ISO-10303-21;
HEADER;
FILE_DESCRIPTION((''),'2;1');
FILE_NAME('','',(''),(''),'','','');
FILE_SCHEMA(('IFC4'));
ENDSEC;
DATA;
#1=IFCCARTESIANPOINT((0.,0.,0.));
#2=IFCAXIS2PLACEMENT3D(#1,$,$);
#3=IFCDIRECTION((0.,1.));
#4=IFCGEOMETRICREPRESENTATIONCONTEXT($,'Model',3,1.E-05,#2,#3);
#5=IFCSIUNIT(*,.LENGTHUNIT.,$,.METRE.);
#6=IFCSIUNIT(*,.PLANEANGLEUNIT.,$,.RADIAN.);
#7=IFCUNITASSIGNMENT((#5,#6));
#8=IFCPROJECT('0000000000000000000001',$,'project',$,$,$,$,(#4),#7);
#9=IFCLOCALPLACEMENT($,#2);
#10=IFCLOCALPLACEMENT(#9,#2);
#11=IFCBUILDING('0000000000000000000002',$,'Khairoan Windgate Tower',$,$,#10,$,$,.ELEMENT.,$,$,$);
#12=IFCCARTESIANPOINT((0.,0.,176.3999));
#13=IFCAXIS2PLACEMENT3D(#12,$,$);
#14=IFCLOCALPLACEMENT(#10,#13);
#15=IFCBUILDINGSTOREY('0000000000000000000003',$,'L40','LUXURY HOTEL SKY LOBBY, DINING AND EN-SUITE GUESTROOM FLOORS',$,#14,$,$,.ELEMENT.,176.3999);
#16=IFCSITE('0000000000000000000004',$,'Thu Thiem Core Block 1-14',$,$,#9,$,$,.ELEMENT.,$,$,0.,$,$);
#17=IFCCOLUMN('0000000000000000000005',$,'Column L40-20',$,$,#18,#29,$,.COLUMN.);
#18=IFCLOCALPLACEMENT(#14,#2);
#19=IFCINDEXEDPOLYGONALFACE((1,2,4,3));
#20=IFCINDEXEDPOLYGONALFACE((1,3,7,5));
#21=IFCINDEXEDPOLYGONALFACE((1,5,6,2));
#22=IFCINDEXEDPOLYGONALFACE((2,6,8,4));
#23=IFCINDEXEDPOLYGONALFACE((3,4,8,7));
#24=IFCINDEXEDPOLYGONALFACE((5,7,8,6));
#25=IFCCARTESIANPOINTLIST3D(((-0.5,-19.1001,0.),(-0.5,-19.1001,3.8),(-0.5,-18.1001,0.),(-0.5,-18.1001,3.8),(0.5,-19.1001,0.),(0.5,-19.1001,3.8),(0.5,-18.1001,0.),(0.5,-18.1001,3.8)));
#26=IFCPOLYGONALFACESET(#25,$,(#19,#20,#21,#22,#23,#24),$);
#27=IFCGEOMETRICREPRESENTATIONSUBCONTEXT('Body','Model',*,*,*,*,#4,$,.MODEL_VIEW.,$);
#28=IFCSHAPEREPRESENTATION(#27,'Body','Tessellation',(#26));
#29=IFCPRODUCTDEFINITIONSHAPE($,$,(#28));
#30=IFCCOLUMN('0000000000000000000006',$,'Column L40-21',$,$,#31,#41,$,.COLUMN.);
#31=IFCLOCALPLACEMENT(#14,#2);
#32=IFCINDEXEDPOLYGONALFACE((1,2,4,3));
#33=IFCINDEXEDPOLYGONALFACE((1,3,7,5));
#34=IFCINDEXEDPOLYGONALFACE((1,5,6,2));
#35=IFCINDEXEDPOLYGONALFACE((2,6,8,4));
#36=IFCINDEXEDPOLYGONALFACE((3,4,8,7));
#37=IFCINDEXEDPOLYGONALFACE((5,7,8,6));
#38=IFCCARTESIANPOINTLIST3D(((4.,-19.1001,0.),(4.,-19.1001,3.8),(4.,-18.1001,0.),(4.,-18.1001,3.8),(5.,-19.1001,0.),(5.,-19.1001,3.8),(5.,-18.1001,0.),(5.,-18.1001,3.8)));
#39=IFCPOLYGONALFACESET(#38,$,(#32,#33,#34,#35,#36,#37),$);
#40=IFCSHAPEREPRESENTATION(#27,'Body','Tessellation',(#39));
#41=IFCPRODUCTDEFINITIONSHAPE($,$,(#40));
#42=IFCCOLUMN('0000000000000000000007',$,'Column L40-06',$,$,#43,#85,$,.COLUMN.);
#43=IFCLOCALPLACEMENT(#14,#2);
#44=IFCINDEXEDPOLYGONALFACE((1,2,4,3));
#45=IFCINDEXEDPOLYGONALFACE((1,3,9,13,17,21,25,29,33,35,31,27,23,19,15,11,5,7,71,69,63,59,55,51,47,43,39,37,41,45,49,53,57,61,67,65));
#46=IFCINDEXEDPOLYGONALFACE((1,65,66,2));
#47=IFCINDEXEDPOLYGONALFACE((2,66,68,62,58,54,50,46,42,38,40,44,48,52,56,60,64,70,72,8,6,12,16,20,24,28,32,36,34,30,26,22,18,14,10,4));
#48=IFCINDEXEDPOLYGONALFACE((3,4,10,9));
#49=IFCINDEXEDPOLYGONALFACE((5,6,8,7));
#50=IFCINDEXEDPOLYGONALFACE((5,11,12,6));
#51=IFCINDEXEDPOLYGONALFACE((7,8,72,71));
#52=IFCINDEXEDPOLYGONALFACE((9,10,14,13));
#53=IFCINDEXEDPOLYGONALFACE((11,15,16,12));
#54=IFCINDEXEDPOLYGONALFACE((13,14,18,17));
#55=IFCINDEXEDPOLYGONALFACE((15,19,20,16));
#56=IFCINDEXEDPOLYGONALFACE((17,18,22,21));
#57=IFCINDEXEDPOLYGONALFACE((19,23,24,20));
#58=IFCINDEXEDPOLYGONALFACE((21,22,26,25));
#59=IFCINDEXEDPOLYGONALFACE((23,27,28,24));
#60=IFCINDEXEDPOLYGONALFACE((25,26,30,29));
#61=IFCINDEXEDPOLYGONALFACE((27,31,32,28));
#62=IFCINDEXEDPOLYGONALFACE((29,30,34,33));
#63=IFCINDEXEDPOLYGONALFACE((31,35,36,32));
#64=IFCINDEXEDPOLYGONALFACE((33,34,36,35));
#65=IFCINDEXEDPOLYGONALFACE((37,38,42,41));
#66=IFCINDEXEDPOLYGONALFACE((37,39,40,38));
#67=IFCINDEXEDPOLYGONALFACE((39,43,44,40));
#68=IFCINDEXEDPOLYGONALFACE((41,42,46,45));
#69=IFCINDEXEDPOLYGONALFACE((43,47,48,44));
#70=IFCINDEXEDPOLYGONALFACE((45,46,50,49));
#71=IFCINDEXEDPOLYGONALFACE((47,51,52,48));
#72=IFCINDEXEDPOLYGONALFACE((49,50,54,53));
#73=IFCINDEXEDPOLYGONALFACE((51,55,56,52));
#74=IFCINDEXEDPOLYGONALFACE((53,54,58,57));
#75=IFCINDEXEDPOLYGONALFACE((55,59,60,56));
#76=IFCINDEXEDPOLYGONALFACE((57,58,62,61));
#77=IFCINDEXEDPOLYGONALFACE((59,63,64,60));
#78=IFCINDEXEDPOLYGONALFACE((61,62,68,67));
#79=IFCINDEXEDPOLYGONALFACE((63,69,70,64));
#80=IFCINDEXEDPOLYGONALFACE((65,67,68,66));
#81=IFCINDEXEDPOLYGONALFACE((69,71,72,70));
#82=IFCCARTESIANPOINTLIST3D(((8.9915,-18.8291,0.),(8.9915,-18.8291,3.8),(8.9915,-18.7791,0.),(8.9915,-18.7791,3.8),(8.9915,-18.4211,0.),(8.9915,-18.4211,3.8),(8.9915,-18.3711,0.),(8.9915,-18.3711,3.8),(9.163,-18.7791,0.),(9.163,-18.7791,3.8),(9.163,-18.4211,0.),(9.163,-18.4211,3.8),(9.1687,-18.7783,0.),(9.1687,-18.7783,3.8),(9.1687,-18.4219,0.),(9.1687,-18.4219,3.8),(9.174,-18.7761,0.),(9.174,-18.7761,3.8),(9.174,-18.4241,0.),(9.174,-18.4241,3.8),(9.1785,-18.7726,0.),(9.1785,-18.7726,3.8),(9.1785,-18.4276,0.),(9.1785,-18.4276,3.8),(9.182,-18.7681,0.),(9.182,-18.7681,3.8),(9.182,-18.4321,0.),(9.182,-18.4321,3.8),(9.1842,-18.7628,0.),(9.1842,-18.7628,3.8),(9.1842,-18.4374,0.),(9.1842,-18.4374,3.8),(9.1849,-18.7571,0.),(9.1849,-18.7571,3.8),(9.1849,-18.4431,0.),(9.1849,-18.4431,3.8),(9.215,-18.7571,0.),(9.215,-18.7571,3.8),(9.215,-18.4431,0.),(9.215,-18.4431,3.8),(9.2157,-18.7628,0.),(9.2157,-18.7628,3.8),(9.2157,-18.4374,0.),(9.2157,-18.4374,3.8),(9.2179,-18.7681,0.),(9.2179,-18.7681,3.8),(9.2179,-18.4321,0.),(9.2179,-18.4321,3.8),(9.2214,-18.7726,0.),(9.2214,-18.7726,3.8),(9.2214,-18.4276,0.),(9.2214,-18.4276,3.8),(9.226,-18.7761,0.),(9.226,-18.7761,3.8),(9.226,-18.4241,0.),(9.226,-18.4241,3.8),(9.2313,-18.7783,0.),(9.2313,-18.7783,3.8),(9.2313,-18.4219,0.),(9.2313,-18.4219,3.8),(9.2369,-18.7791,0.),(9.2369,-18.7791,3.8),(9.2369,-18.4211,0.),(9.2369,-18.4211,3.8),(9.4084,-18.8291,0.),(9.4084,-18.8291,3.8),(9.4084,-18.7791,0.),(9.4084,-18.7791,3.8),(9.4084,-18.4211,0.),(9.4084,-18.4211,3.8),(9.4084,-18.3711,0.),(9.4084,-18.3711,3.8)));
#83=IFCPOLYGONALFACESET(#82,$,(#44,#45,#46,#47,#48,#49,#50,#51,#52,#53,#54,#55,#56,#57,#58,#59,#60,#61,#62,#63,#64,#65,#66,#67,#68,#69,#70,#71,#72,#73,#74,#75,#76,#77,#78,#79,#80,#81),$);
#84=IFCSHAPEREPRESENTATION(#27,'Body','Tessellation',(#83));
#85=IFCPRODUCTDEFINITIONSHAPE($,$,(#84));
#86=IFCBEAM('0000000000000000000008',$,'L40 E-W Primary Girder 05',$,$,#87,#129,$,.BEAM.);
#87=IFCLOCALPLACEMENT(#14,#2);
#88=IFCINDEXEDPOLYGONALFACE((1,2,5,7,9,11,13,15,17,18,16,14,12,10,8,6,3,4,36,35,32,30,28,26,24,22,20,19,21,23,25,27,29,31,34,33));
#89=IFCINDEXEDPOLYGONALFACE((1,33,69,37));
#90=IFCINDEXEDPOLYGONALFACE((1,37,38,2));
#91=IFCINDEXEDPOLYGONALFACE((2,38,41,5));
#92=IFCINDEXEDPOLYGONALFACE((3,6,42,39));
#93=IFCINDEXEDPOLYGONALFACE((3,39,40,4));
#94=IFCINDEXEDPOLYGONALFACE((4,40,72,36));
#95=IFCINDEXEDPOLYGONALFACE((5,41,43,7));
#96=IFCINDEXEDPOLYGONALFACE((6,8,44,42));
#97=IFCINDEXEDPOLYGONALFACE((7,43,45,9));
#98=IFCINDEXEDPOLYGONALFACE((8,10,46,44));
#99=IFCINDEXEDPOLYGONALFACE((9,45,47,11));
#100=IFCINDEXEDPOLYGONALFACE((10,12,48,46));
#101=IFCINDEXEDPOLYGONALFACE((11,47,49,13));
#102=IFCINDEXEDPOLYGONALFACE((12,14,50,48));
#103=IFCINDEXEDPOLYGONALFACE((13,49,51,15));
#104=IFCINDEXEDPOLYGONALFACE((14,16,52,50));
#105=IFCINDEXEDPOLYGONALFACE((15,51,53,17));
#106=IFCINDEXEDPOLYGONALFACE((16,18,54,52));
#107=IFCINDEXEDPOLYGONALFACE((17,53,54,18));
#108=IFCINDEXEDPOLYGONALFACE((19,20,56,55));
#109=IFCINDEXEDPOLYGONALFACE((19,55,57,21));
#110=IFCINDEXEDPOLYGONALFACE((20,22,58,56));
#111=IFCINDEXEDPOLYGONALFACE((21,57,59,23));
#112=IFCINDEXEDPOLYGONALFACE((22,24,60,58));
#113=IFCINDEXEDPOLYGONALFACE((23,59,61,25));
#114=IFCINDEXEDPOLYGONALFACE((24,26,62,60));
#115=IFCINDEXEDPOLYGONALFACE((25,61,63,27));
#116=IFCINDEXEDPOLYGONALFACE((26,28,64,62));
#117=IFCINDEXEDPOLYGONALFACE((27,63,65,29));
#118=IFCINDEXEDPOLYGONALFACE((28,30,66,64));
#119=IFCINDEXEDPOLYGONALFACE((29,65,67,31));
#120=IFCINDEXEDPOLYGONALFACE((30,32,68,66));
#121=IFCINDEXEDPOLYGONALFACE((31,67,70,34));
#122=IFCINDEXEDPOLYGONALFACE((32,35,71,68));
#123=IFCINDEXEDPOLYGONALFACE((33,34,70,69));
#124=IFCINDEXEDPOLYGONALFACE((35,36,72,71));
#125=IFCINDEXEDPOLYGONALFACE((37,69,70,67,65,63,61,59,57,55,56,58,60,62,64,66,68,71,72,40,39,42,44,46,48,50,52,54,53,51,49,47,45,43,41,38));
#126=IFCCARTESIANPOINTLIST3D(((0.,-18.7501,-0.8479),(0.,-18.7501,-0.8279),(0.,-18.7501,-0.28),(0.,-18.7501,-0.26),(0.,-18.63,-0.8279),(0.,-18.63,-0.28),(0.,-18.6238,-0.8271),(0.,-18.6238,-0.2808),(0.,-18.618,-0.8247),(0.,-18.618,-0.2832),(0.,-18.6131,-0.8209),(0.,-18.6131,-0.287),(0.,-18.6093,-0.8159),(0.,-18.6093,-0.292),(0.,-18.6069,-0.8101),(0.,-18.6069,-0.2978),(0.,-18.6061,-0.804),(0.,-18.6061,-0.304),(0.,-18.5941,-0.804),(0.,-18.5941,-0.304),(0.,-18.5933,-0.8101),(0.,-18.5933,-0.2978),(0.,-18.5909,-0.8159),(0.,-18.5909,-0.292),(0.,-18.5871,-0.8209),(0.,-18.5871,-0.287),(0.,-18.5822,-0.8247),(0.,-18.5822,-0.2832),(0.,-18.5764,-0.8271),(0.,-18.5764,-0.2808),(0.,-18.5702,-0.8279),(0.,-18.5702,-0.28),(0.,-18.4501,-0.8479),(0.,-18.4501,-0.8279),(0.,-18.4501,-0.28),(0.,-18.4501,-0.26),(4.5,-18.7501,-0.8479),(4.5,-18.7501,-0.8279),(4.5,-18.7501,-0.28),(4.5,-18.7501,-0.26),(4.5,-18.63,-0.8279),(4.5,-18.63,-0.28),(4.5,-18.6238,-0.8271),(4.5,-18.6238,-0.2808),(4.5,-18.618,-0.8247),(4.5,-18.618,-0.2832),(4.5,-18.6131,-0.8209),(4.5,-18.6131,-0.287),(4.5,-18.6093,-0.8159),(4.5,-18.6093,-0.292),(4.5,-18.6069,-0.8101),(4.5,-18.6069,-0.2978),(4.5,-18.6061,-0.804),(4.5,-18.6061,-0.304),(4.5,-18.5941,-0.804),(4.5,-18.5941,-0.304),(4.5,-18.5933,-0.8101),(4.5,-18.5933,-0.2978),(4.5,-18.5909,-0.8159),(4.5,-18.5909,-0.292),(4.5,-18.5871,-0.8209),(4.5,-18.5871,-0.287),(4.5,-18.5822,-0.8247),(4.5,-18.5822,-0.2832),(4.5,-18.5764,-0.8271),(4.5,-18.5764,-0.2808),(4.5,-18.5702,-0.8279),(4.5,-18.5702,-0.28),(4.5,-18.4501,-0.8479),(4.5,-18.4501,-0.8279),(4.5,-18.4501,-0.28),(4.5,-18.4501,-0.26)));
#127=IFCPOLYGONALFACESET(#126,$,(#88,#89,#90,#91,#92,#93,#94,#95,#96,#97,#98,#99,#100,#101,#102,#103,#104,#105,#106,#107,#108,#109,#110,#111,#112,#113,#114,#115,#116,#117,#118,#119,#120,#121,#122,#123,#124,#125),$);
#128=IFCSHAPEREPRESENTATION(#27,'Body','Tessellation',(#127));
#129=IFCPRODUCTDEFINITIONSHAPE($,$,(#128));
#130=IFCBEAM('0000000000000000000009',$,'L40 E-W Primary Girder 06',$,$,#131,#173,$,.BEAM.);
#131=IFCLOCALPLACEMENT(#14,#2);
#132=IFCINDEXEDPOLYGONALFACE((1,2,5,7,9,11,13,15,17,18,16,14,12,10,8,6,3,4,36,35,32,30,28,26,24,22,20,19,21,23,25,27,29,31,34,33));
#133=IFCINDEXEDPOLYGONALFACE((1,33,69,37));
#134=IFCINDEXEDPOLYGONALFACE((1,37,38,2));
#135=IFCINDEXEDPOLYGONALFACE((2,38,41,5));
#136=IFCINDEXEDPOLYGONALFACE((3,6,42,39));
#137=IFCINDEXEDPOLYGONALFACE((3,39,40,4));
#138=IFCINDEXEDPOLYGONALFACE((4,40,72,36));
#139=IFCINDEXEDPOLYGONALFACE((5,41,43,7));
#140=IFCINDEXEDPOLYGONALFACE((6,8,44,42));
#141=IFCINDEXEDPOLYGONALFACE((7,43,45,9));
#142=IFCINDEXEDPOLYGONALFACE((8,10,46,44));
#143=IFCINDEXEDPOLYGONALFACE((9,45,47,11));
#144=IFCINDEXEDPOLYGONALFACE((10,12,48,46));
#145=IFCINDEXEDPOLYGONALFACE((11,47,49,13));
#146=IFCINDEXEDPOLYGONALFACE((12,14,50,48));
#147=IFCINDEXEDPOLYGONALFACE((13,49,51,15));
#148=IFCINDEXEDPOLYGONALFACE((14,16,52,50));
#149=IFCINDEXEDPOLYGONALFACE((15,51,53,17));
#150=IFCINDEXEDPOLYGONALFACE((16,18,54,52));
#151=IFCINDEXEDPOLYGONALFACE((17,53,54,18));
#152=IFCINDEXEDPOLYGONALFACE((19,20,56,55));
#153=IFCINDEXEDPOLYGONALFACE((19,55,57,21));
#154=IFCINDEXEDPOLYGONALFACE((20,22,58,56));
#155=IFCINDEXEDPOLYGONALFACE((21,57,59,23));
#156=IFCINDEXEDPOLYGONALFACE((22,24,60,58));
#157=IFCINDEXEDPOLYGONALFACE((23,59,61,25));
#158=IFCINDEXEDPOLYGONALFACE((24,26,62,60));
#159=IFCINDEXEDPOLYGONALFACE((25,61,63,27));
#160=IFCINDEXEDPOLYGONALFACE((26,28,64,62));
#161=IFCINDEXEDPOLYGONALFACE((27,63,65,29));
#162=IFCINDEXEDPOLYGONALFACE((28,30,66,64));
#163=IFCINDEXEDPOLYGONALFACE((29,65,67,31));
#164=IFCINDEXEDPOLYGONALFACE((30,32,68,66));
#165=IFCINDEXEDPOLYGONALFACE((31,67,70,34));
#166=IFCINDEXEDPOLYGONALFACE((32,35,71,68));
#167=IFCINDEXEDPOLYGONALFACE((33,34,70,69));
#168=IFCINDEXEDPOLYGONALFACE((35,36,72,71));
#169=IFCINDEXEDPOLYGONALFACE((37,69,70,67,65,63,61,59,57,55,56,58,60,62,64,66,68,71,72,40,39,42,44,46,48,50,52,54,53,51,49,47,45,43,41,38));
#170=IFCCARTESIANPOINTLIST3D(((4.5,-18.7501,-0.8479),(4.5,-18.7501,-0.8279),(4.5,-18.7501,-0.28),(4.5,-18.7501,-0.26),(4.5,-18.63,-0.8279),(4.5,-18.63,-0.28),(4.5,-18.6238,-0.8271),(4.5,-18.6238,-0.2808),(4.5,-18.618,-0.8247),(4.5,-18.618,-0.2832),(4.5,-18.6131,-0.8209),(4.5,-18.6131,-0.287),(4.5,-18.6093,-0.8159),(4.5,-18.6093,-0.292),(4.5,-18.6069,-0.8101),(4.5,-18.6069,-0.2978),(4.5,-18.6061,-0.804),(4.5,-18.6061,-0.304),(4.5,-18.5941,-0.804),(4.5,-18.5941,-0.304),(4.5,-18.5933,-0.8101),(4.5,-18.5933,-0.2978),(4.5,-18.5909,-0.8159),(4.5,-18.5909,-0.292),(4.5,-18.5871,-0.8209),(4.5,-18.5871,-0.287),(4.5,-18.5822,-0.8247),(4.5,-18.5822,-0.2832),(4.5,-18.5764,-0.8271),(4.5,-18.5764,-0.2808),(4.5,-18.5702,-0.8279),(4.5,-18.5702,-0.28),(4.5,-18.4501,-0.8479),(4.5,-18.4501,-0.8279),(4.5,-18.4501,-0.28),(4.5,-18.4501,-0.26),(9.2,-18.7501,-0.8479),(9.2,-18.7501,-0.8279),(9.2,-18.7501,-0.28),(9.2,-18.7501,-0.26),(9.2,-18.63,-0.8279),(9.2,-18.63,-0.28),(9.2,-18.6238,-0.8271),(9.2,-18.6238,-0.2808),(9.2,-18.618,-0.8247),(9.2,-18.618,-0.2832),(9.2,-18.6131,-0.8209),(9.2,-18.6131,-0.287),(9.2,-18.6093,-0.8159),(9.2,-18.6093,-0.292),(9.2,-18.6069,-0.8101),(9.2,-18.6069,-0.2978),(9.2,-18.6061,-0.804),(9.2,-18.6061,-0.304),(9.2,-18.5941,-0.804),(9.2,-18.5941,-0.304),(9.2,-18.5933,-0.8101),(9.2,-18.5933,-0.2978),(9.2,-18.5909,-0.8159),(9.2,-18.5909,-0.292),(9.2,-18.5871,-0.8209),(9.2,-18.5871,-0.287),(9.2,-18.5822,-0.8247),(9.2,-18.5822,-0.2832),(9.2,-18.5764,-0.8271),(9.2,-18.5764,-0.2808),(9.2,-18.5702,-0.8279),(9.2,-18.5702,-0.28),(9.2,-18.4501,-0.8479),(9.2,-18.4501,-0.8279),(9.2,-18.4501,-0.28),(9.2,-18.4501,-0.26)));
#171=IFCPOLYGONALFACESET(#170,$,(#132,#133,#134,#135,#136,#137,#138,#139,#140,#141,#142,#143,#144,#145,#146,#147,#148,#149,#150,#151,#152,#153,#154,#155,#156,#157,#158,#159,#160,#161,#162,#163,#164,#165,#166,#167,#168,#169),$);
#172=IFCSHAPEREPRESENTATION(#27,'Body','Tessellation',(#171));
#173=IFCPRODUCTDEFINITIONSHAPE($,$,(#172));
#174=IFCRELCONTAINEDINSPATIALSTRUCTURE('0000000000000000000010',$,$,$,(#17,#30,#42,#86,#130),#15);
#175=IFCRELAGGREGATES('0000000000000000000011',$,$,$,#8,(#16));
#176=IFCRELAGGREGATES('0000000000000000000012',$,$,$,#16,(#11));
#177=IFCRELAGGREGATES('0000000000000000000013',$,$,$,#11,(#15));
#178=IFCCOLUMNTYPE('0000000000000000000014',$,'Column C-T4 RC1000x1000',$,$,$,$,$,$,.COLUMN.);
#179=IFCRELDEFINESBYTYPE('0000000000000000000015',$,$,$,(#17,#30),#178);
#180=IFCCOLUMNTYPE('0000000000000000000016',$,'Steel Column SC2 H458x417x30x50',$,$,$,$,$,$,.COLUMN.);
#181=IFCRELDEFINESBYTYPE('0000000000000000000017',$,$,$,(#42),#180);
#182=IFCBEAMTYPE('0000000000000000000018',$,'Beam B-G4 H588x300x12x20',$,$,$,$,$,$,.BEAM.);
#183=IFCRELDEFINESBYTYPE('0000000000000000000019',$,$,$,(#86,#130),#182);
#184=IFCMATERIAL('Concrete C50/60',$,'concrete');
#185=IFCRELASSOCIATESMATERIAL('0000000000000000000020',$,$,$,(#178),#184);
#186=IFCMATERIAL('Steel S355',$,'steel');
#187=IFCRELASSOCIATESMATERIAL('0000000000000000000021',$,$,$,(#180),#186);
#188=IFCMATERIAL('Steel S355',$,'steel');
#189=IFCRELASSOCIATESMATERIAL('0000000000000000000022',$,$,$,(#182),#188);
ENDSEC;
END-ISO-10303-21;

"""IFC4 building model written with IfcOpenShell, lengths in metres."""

from ifc_helpers import new_model, si_unit, direction, frame, origin, origin_2d, place, context, subcontext, project, spatial, rectangle, i_section, extrude, material, material_profile, profile_set, type_object, element, save


model = new_model("IFC4")

# Units and contexts
model_context = context("Model", 3, precision=1e-05, world=origin(), true_north=direction((0.0, 1.0)))
body_context = subcontext(model_context, "Body", "Model", "MODEL_VIEW")
ifc_project = project(units=[si_unit("LENGTHUNIT", "METRE"), si_unit("PLANEANGLEUNIT", "RADIAN")], contexts=[model_context])

# Site, building, storey
site_placement = place(None, origin())
site = spatial("IfcSite", under=ifc_project, at=site_placement, Name="Thu Thiem Core Block 1-14", CompositionType="ELEMENT", RefElevation=0.0)
building_placement = place(site_placement, origin())
building = spatial("IfcBuilding", under=site, at=building_placement, Name="Khairoan Windgate Tower", CompositionType="ELEMENT")
storey_placement = place(building_placement, frame((0.0, 0.0, 176.3999)))
storey = spatial("IfcBuildingStorey", under=building, at=storey_placement, Name="L40", Description="LUXURY HOTEL SKY LOBBY, DINING AND EN-SUITE GUESTROOM FLOORS", CompositionType="ELEMENT", Elevation=176.3999)

# Columns
ifc_material_1 = material(Name="Concrete C50/60", Category="concrete")
ifc_material_profile_1 = material_profile(ifc_material_1, rectangle(XDim=1.0, YDim=1.0, at=origin_2d()))
ifc_profile_set_1 = profile_set([ifc_material_profile_1], Name="Concrete C50/60")
column_type_1 = type_object("IfcColumnType", Name="Column C-T4 RC1000x1000", PredefinedType="COLUMN", material=ifc_profile_set_1)
for number, where, z_axis, x_axis, name in (
    (1, (0.0, -18.6001, 0.0), (0.0, 0.0, 1.0), (1.0, 0.0, 0.0), "Column L40-20"),
    (2, (4.5, -18.6001, 0.0), (0.0, 0.0, 1.0), (1.0, 0.0, 0.0), "Column L40-21"),
):
    element("IfcColumn", number, at=place(storey_placement, frame(where, z_axis=z_axis, x_axis=x_axis)), inside=storey, type_object=column_type_1, Name=name, PredefinedType="COLUMN", context=body_context, shape_type="SweptSolid", body=[
        extrude(rectangle(XDim=1.0, YDim=1.0, at=origin_2d()), origin(), (0.0, 0.0, 1.0), 3.8),
    ])
ifc_material_2 = material(Name="Steel S355", Category="steel")
ifc_material_profile_2 = material_profile(ifc_material_2, i_section(OverallWidth=0.417, OverallDepth=0.458, WebThickness=0.03, FlangeThickness=0.05, FilletRadius=0.022, at=origin_2d()))
ifc_profile_set_2 = profile_set([ifc_material_profile_2], Name="Steel S355")
column_type_2 = type_object("IfcColumnType", Name="Steel Column SC2 H458x417x30x50", PredefinedType="COLUMN", material=ifc_profile_set_2)
column_placement = place(storey_placement, frame((9.2, -18.6001, 0.0), z_axis=(0.0, 0.0, 1.0), x_axis=(1.0, 0.0, 0.0)))
element("IfcColumn", 3, at=column_placement, inside=storey, type_object=column_type_2, Name="Column L40-06", PredefinedType="COLUMN", context=body_context, shape_type="SweptSolid", body=[
    extrude(i_section(OverallWidth=0.417, OverallDepth=0.458, WebThickness=0.03, FlangeThickness=0.05, FilletRadius=0.022, at=origin_2d()), origin(), (0.0, 0.0, 1.0), 3.8),
])

# Beams
ifc_material_3 = material(Name="Steel S355", Category="steel")
ifc_material_profile_3 = material_profile(ifc_material_3, i_section(OverallWidth=0.3, OverallDepth=0.5879, WebThickness=0.012, FlangeThickness=0.02, FilletRadius=0.0239, at=origin_2d()))
ifc_profile_set_3 = profile_set([ifc_material_profile_3], Name="Steel S355")
beam_type_1 = type_object("IfcBeamType", Name="Beam B-G4 H588x300x12x20", PredefinedType="BEAM", material=ifc_profile_set_3)
beam_1_placement = place(storey_placement, frame((0.0, -18.6001, -0.554), z_axis=(1.0, 0.0, 0.0), x_axis=(0.0, 1.0, 0.0)))
element("IfcBeam", 4, at=beam_1_placement, inside=storey, type_object=beam_type_1, Name="L40 E-W Primary Girder 05", PredefinedType="BEAM", context=body_context, shape_type="SweptSolid", body=[
    extrude(i_section(OverallWidth=0.3, OverallDepth=0.5879, WebThickness=0.012, FlangeThickness=0.02, FilletRadius=0.0239, at=origin_2d()), origin(), (0.0, 0.0, 1.0), 4.5),
])
beam_2_placement = place(storey_placement, frame((4.5, -18.6001, -0.554), z_axis=(1.0, 0.0, 0.0), x_axis=(0.0, 1.0, 0.0)))
element("IfcBeam", 5, at=beam_2_placement, inside=storey, type_object=beam_type_1, Name="L40 E-W Primary Girder 06", PredefinedType="BEAM", context=body_context, shape_type="SweptSolid", body=[
    extrude(i_section(OverallWidth=0.3, OverallDepth=0.5879, WebThickness=0.012, FlangeThickness=0.02, FilletRadius=0.0239, at=origin_2d()), origin(), (0.0, 0.0, 1.0), 4.7),
])

save(model, "model.ifc")
